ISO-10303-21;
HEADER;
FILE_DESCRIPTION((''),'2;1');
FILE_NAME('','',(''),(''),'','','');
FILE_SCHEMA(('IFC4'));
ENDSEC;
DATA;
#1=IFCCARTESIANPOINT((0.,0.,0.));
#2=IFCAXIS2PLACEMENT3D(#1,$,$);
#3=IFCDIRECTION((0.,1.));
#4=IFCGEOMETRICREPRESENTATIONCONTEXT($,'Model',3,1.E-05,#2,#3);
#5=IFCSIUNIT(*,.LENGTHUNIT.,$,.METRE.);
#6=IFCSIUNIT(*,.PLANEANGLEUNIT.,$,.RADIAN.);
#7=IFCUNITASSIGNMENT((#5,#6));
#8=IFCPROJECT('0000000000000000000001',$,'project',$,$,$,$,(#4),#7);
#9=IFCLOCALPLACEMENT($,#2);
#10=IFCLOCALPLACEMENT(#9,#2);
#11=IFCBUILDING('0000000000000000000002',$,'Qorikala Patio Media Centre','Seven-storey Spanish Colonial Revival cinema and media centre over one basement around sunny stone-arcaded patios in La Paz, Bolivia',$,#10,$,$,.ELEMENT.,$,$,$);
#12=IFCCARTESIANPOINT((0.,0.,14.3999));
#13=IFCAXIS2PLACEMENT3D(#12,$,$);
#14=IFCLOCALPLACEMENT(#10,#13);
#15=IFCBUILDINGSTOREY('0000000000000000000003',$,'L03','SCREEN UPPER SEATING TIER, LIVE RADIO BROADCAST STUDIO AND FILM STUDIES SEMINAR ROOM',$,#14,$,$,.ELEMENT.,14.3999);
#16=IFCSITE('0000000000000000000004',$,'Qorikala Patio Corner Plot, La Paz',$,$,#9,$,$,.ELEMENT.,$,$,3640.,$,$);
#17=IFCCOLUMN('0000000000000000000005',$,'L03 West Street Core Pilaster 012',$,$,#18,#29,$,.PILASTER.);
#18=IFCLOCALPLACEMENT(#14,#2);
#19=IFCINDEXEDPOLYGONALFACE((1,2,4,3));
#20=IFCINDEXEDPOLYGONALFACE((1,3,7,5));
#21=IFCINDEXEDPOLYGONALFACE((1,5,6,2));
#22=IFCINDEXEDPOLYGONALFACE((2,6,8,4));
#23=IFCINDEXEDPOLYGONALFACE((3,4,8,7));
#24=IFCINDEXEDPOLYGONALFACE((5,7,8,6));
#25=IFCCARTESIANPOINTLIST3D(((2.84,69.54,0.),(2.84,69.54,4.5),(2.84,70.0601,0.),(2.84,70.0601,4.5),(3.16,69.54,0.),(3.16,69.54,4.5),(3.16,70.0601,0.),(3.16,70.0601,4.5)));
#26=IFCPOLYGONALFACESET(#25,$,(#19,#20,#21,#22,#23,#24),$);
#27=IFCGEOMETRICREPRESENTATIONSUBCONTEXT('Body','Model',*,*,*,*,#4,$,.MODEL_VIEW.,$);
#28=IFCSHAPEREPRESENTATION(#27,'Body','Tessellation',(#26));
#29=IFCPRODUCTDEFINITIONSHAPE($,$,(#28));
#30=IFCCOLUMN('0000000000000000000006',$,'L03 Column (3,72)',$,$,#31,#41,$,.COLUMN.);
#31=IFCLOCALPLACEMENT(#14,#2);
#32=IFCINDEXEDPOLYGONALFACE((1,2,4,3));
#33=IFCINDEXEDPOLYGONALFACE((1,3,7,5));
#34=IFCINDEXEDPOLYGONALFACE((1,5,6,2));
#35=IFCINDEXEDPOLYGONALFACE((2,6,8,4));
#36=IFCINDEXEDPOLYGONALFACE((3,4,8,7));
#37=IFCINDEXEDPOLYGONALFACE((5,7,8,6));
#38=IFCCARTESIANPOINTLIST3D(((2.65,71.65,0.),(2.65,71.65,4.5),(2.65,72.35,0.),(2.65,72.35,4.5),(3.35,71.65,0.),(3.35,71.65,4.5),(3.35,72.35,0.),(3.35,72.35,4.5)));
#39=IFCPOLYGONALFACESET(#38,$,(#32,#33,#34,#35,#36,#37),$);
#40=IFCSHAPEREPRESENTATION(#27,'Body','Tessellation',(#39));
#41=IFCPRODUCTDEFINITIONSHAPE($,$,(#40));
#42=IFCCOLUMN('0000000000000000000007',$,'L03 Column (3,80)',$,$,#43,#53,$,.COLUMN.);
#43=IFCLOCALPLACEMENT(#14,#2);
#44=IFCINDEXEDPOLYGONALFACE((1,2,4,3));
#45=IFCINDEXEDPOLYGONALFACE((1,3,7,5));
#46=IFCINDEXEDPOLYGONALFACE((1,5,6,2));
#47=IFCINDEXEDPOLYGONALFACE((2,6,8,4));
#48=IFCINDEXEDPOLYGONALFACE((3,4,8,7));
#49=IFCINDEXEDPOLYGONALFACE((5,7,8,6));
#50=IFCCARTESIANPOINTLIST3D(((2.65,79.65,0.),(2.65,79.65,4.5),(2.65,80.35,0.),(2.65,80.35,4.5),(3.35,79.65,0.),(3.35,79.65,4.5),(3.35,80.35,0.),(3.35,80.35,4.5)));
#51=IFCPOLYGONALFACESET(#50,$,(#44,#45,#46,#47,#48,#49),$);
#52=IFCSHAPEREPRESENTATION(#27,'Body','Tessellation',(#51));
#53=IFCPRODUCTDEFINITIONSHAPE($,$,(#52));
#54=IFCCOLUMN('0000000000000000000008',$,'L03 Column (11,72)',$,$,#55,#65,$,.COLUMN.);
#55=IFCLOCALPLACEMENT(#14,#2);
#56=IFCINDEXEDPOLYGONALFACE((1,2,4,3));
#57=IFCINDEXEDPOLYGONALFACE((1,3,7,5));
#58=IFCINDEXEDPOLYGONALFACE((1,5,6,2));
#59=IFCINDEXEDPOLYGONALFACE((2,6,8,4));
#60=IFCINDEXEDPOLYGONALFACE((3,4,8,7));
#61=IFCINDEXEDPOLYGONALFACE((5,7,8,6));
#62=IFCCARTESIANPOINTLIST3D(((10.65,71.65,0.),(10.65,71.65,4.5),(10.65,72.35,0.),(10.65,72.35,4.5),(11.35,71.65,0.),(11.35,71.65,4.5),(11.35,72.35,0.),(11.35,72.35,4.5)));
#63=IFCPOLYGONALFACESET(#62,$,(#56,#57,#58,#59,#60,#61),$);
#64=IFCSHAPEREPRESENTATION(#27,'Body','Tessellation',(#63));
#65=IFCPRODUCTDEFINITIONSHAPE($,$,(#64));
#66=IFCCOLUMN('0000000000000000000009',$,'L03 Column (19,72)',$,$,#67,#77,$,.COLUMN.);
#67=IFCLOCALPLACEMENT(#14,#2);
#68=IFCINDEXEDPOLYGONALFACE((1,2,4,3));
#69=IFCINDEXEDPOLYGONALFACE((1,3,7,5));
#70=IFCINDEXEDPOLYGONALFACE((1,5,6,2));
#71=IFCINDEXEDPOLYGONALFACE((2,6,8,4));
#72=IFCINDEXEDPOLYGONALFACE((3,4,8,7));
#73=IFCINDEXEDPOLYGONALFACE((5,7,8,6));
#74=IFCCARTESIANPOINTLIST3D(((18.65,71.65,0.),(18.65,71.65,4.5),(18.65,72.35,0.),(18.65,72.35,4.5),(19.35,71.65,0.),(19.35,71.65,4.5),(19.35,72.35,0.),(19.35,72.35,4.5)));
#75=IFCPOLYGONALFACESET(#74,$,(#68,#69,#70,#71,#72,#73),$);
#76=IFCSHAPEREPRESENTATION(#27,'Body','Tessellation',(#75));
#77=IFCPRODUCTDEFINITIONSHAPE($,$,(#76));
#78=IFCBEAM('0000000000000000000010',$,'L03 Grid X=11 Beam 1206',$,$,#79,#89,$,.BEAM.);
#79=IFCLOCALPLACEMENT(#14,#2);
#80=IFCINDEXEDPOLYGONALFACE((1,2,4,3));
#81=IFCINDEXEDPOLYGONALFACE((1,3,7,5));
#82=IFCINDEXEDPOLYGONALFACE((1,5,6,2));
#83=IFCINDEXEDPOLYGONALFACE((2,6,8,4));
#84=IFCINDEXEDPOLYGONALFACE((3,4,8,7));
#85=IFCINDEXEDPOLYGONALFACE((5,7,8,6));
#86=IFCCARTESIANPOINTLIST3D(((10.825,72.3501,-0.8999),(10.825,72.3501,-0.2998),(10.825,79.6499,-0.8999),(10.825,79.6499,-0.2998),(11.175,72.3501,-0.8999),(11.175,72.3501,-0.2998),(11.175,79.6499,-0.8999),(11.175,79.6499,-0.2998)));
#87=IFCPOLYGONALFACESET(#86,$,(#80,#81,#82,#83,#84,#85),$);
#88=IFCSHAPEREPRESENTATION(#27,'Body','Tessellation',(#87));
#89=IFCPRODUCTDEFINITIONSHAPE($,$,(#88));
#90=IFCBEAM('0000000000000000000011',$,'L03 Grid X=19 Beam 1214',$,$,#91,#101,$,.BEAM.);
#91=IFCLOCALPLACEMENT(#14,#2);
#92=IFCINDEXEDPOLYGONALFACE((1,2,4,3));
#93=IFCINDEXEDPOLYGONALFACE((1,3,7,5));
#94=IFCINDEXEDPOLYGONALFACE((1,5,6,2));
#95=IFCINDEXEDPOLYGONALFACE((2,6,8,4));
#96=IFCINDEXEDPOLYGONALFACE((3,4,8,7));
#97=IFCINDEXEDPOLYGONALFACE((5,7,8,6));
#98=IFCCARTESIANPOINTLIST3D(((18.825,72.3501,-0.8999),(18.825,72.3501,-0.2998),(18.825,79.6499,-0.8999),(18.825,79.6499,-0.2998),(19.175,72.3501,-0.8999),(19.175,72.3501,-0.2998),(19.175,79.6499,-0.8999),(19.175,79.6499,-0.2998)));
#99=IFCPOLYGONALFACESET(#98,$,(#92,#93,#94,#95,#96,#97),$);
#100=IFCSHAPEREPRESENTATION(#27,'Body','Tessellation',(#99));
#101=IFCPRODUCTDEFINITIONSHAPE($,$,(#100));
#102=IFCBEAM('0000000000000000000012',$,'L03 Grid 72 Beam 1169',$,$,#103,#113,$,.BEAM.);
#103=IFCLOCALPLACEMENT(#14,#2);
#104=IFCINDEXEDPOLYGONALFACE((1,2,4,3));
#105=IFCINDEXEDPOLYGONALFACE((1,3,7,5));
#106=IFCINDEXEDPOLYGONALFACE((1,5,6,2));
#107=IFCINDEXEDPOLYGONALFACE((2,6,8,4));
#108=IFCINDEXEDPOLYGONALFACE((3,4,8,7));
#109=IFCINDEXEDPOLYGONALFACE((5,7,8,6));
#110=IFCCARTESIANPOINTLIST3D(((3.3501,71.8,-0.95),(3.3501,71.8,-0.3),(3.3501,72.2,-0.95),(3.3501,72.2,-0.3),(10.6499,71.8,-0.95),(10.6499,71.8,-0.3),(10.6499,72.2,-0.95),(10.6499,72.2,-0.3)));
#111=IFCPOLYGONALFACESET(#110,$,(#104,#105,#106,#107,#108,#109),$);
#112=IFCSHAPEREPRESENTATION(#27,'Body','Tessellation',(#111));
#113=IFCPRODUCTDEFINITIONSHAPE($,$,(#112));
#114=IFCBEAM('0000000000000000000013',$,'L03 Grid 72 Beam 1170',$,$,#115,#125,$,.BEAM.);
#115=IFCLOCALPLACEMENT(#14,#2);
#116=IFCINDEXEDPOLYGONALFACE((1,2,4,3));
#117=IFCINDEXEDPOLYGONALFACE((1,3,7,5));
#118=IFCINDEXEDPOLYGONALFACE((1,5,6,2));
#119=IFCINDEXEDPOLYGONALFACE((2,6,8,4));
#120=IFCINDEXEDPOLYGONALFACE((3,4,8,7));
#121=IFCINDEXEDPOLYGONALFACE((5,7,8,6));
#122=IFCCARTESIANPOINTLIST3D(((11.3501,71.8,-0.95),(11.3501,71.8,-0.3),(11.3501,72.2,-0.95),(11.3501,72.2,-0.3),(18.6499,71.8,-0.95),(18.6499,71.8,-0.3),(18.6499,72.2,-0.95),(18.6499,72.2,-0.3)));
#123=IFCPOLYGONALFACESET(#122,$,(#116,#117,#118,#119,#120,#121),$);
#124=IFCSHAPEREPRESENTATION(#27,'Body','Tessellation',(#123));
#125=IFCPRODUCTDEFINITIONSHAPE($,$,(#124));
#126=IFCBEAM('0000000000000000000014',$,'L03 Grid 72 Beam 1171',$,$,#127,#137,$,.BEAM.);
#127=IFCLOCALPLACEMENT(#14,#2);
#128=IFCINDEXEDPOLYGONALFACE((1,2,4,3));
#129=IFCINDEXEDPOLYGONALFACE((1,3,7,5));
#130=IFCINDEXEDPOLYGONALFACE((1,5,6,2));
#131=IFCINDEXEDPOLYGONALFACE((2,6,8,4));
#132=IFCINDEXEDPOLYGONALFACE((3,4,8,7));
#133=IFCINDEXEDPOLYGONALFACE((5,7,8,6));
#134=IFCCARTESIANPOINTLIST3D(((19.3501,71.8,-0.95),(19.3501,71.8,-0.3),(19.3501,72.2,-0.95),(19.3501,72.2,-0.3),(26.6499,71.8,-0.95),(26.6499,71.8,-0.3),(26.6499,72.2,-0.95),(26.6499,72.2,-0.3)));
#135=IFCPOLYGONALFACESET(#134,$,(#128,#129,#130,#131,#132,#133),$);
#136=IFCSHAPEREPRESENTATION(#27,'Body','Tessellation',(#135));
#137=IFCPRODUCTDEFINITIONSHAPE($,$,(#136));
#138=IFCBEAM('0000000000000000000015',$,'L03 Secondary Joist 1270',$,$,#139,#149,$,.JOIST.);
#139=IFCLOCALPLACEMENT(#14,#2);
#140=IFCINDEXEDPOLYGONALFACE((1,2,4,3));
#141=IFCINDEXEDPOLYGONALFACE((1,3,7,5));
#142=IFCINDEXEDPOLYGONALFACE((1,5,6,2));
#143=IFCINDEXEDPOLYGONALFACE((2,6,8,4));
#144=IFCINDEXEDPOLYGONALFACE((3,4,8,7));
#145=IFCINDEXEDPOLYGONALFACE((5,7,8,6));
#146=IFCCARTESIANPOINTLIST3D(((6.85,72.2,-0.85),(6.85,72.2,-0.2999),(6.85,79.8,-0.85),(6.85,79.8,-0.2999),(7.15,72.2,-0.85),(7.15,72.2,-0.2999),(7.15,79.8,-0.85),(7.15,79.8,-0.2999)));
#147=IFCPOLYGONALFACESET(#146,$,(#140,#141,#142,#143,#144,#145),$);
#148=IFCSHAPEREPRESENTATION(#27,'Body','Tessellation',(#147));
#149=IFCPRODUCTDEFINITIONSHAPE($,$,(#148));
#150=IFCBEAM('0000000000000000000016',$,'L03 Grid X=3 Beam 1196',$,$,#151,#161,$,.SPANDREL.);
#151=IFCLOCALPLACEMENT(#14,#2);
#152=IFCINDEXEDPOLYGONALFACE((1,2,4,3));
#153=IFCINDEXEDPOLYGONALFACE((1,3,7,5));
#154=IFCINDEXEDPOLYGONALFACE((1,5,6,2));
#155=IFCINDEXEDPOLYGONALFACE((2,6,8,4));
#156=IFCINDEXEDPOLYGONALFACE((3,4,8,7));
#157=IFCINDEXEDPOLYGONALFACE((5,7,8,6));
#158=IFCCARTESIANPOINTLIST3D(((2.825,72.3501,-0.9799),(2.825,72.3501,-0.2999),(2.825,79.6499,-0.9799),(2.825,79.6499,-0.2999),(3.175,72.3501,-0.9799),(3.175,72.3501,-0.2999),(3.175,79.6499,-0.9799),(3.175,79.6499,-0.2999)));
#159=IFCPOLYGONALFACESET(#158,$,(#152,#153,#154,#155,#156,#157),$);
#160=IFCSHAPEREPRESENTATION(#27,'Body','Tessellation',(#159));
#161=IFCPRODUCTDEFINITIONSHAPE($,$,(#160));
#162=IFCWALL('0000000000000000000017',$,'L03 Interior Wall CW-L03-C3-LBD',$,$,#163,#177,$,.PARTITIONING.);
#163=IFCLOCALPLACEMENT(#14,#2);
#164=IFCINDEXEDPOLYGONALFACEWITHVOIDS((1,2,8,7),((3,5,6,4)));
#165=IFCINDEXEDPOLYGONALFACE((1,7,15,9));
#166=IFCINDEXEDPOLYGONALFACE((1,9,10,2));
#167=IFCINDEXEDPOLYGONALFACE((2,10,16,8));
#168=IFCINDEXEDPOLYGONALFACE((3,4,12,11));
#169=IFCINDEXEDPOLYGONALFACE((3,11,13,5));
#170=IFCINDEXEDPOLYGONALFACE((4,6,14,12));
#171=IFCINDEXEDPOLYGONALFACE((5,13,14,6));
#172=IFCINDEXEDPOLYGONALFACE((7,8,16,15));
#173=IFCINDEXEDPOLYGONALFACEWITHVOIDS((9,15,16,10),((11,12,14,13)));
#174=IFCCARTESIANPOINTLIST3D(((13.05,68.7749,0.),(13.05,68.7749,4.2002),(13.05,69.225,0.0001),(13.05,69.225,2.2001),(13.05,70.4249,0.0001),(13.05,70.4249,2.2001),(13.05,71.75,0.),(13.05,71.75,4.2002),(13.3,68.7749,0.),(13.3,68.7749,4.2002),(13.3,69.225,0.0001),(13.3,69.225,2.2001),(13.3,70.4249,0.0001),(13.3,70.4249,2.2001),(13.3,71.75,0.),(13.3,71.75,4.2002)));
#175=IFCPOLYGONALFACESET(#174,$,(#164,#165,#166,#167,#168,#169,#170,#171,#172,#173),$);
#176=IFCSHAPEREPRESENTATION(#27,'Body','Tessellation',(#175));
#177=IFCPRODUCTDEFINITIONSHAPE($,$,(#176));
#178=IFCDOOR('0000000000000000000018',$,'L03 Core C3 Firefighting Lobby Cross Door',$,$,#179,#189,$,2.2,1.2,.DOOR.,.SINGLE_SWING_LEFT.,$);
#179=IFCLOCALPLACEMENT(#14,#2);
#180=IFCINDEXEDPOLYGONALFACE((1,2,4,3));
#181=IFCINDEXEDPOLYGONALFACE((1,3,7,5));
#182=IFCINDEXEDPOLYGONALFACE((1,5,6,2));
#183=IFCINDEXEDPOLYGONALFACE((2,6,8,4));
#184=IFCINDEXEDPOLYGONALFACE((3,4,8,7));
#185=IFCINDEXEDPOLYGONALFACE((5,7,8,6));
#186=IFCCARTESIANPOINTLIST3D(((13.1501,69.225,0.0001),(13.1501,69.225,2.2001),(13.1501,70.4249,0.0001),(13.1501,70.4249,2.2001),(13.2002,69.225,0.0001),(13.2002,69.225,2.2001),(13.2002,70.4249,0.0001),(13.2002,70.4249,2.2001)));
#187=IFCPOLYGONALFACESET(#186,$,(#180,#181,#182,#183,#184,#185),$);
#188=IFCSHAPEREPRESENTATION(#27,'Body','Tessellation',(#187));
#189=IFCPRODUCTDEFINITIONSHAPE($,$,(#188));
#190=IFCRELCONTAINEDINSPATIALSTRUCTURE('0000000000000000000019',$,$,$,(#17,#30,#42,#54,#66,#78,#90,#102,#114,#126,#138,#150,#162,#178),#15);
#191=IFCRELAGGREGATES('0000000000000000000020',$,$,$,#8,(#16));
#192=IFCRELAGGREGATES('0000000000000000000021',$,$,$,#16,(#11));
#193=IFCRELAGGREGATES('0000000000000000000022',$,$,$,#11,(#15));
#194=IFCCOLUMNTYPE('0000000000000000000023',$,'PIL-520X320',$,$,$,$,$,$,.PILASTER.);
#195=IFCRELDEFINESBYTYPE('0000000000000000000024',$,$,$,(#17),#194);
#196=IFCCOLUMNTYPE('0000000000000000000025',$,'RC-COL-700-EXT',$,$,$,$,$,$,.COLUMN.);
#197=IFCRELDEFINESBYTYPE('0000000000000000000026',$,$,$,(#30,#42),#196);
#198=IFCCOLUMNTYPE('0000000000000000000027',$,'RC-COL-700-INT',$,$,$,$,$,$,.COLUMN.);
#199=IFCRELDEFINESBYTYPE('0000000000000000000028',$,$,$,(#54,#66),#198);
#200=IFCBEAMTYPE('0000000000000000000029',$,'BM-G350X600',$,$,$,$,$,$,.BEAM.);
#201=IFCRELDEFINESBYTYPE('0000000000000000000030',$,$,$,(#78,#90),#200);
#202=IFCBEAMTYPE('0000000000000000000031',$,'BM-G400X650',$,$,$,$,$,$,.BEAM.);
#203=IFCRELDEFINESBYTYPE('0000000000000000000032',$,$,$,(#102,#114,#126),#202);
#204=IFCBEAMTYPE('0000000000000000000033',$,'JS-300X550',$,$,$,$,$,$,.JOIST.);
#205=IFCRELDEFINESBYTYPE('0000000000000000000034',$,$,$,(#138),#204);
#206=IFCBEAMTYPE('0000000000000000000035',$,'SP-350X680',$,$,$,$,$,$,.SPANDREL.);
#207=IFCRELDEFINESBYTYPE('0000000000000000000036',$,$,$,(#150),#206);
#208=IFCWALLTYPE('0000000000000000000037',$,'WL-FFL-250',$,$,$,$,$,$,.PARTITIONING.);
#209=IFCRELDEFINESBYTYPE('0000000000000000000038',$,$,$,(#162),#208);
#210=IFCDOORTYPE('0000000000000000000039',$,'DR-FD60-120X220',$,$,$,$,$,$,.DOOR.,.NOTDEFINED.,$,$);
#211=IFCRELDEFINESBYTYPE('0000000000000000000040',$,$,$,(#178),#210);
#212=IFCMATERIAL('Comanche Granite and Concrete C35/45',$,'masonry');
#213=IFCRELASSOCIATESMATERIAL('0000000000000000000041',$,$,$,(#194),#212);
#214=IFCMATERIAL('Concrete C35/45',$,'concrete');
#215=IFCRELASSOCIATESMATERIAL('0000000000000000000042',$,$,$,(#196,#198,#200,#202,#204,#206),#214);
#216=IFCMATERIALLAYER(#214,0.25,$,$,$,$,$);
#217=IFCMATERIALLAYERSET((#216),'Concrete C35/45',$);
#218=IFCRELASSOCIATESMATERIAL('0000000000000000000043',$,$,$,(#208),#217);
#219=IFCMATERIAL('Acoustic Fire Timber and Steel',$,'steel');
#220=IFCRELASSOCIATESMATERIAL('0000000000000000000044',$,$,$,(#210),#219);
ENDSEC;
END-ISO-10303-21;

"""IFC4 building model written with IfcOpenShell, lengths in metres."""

from ifc_helpers import new_model, si_unit, direction, frame, frame_2d, origin, origin_2d, place, context, subcontext, project, spatial, rectangle, extrude, material, layer, layer_set, material_profile, profile_set, type_object, element, fill, save


model = new_model("IFC4")

# Units and contexts
model_context = context("Model", 3, precision=1e-05, world=origin(), true_north=direction((0.0, 1.0)))
body_context = subcontext(model_context, "Body", "Model", "MODEL_VIEW")
ifc_project = project(units=[si_unit("LENGTHUNIT", "METRE"), si_unit("PLANEANGLEUNIT", "RADIAN")], contexts=[model_context])

# Site, building, storey
site_placement = place(None, origin())
site = spatial("IfcSite", under=ifc_project, at=site_placement, Name="Qorikala Patio Corner Plot, La Paz", CompositionType="ELEMENT", RefElevation=3640.0)
building_placement = place(site_placement, origin())
building = spatial("IfcBuilding", under=site, at=building_placement, Name="Qorikala Patio Media Centre", Description="Seven-storey Spanish Colonial Revival cinema and media centre over one basement around sunny stone-arcaded patios in La Paz, Bolivia", CompositionType="ELEMENT")
storey_placement = place(building_placement, frame((0.0, 0.0, 14.3999)))
storey = spatial("IfcBuildingStorey", under=building, at=storey_placement, Name="L03", Description="SCREEN UPPER SEATING TIER, LIVE RADIO BROADCAST STUDIO AND FILM STUDIES SEMINAR ROOM", CompositionType="ELEMENT", Elevation=14.3999)

# Columns
ifc_material_1 = material(Name="Comanche Granite and Concrete C35/45", Category="masonry")
ifc_material_profile_1 = material_profile(ifc_material_1, rectangle(XDim=0.52, YDim=0.3201, at=origin_2d()), Name="PIL 520x320")
ifc_profile_set_1 = profile_set([ifc_material_profile_1], Name="Comanche Granite and Concrete C35/45")
column_type_1 = type_object("IfcColumnType", Name="PIL-520X320", PredefinedType="PILASTER", material=ifc_profile_set_1)
column_placement = place(storey_placement, frame((3.0, 69.8, 0.0), z_axis=(0.0, 0.0, 1.0), x_axis=(0.0, 1.0, 0.0)))
element("IfcColumn", 1, at=column_placement, inside=storey, type_object=column_type_1, Name="L03 West Street Core Pilaster 012", PredefinedType="PILASTER", context=body_context, shape_type="SweptSolid", body=[
    extrude(rectangle(XDim=0.52, YDim=0.3201, at=origin_2d()), origin(), (0.0, 0.0, 1.0), 4.5),
])
ifc_material_2 = material(Name="Concrete C35/45", Category="concrete")
ifc_material_profile_2 = material_profile(ifc_material_2, rectangle(XDim=0.7, YDim=0.7, at=origin_2d()), Name="RC 700x700")
ifc_profile_set_2 = profile_set([ifc_material_profile_2], Name="Concrete C35/45")
column_type_2 = type_object("IfcColumnType", Name="RC-COL-700-EXT", PredefinedType="COLUMN", material=ifc_profile_set_2)
for number, where, z_axis, x_axis, name in (
    (2, (3.0, 72.0, 0.0), (0.0, 0.0, 1.0), (1.0, 0.0, 0.0), "L03 Column (3,72)"),
    (3, (3.0, 80.0, 0.0), (0.0, 0.0, 1.0), (1.0, 0.0, 0.0), "L03 Column (3,80)"),
):
    element("IfcColumn", number, at=place(storey_placement, frame(where, z_axis=z_axis, x_axis=x_axis)), inside=storey, type_object=column_type_2, Name=name, PredefinedType="COLUMN", context=body_context, shape_type="SweptSolid", body=[
        extrude(rectangle(XDim=0.7, YDim=0.7, at=origin_2d()), origin(), (0.0, 0.0, 1.0), 4.5),
    ])
ifc_material_profile_3 = material_profile(ifc_material_2, rectangle(XDim=0.7, YDim=0.7, at=origin_2d()), Name="RC 700x700")
ifc_profile_set_3 = profile_set([ifc_material_profile_3], Name="Concrete C35/45")
column_type_3 = type_object("IfcColumnType", Name="RC-COL-700-INT", PredefinedType="COLUMN", material=ifc_profile_set_3)
for number, where, z_axis, x_axis, name in (
    (4, (11.0, 72.0, 0.0), (0.0, 0.0, 1.0), (1.0, 0.0, 0.0), "L03 Column (11,72)"),
    (5, (19.0, 72.0, 0.0), (0.0, 0.0, 1.0), (1.0, 0.0, 0.0), "L03 Column (19,72)"),
):
    element("IfcColumn", number, at=place(storey_placement, frame(where, z_axis=z_axis, x_axis=x_axis)), inside=storey, type_object=column_type_3, Name=name, PredefinedType="COLUMN", context=body_context, shape_type="SweptSolid", body=[
        extrude(rectangle(XDim=0.7, YDim=0.7, at=origin_2d()), origin(), (0.0, 0.0, 1.0), 4.5),
    ])

# Beams
ifc_material_profile_4 = material_profile(ifc_material_2, rectangle(XDim=0.3501, YDim=0.6001, at=origin_2d()), Name="RC 350x600")
ifc_profile_set_4 = profile_set([ifc_material_profile_4], Name="Concrete C35/45")
beam_type_1 = type_object("IfcBeamType", Name="BM-G350X600", PredefinedType="BEAM", material=ifc_profile_set_4)
for number, where, z_axis, x_axis, name in (
    (6, (11.0, 72.3501, -0.5999), (0.0, 1.0, 0.0), (-1.0, 0.0, 0.0), "L03 Grid X=11 Beam 1206"),
    (7, (19.0, 72.3501, -0.5999), (0.0, 1.0, 0.0), (-1.0, 0.0, 0.0), "L03 Grid X=19 Beam 1214"),
):
    element("IfcBeam", number, at=place(storey_placement, frame(where, z_axis=z_axis, x_axis=x_axis)), inside=storey, type_object=beam_type_1, Name=name, PredefinedType="BEAM", context=body_context, shape_type="SweptSolid", body=[
        extrude(rectangle(XDim=0.3501, YDim=0.6001, at=origin_2d()), origin(), (0.0, 0.0, 1.0), 7.2998),
    ])
ifc_material_profile_5 = material_profile(ifc_material_2, rectangle(XDim=0.3999, YDim=0.6499, at=origin_2d()), Name="RC 400x650")
ifc_profile_set_5 = profile_set([ifc_material_profile_5], Name="Concrete C35/45")
beam_type_2 = type_object("IfcBeamType", Name="BM-G400X650", PredefinedType="BEAM", material=ifc_profile_set_5)
for number, where, z_axis, x_axis, name in (
    (8, (3.3501, 72.0, -0.625), (1.0, 0.0, 0.0), (0.0, 1.0, 0.0), "L03 Grid 72 Beam 1169"),
    (9, (11.3501, 72.0, -0.625), (1.0, 0.0, 0.0), (0.0, 1.0, 0.0), "L03 Grid 72 Beam 1170"),
    (10, (19.3501, 72.0, -0.625), (1.0, 0.0, 0.0), (0.0, 1.0, 0.0), "L03 Grid 72 Beam 1171"),
):
    element("IfcBeam", number, at=place(storey_placement, frame(where, z_axis=z_axis, x_axis=x_axis)), inside=storey, type_object=beam_type_2, Name=name, PredefinedType="BEAM", context=body_context, shape_type="SweptSolid", body=[
        extrude(rectangle(XDim=0.3999, YDim=0.6499, at=origin_2d()), origin(), (0.0, 0.0, 1.0), 7.2998),
    ])
ifc_material_profile_6 = material_profile(ifc_material_2, rectangle(XDim=0.3, YDim=0.55, at=origin_2d()), Name="RC 300x550")
ifc_profile_set_6 = profile_set([ifc_material_profile_6], Name="Concrete C35/45")
beam_type_3 = type_object("IfcBeamType", Name="JS-300X550", PredefinedType="JOIST", material=ifc_profile_set_6)
beam_1_placement = place(storey_placement, frame((7.0, 72.2, -0.575), z_axis=(0.0, 1.0, 0.0), x_axis=(-1.0, 0.0, 0.0)))
element("IfcBeam", 11, at=beam_1_placement, inside=storey, type_object=beam_type_3, Name="L03 Secondary Joist 1270", PredefinedType="JOIST", context=body_context, shape_type="SweptSolid", body=[
    extrude(rectangle(XDim=0.3, YDim=0.55, at=origin_2d()), origin(), (0.0, 0.0, 1.0), 7.6001),
])
ifc_material_profile_7 = material_profile(ifc_material_2, rectangle(XDim=0.3501, YDim=0.6799, at=origin_2d()), Name="RC 350x680")
ifc_profile_set_7 = profile_set([ifc_material_profile_7], Name="Concrete C35/45")
beam_type_4 = type_object("IfcBeamType", Name="SP-350X680", PredefinedType="SPANDREL", material=ifc_profile_set_7)
beam_2_placement = place(storey_placement, frame((3.0, 72.3501, -0.6399), z_axis=(0.0, 1.0, 0.0), x_axis=(-1.0, 0.0, 0.0)))
element("IfcBeam", 12, at=beam_2_placement, inside=storey, type_object=beam_type_4, Name="L03 Grid X=3 Beam 1196", PredefinedType="SPANDREL", context=body_context, shape_type="SweptSolid", body=[
    extrude(rectangle(XDim=0.3501, YDim=0.6799, at=origin_2d()), origin(), (0.0, 0.0, 1.0), 7.2998),
])

# Wall, opening, door
ifc_layer_1 = layer(ifc_material_2, 0.25)
ifc_layer_set_1 = layer_set([ifc_layer_1], Name="Concrete C35/45")
wall_type_1 = type_object("IfcWallType", Name="WL-FFL-250", PredefinedType="PARTITIONING", material=ifc_layer_set_1)
wall_1_placement = place(storey_placement, frame((13.175, 68.7749, 0.0), z_axis=(0.0, 0.0, 1.0), x_axis=(0.0, 1.0, 0.0)))
wall_1 = element("IfcWall", 13, at=wall_1_placement, inside=storey, type_object=wall_type_1, Name="L03 Interior Wall CW-L03-C3-LBD", PredefinedType="PARTITIONING", context=body_context, shape_type="SweptSolid", body=[
    extrude(rectangle(XDim=2.9751, YDim=0.25, at=frame_2d((1.4875, 0.0))), origin(), (0.0, 0.0, 1.0), 4.2002),
])
opening_1_placement = place(wall_1_placement, frame((0.45, 0.0, 0.0)))
opening_1 = element("IfcOpeningElement", 14, at=opening_1_placement, cuts=wall_1, PredefinedType="OPENING", context=body_context, shape_type="SweptSolid", body=[
    extrude(rectangle(XDim=1.2, YDim=2.2, at=frame_2d((0.6001, 1.1001))), frame((0.0, 0.135, 0.0), z_axis=(0.0, -1.0, 0.0), x_axis=(1.0, 0.0, 0.0)), (0.0, 0.0, 1.0), 0.27),
])
ifc_material_3 = material(Name="Acoustic Fire Timber and Steel", Category="steel")
door_type_1 = type_object("IfcDoorType", Name="DR-FD60-120X220", OperationType="NOTDEFINED", PredefinedType="DOOR", material=ifc_material_3)
door_1_placement = place(opening_1_placement, origin())
door_1 = element("IfcDoor", 15, at=door_1_placement, inside=storey, type_object=door_type_1, Name="L03 Core C3 Firefighting Lobby Cross Door", OperationType="SINGLE_SWING_LEFT", OverallHeight=2.2, OverallWidth=1.2, PredefinedType="DOOR", context=body_context, shape_type="SweptSolid", body=[
    extrude(rectangle(XDim=1.2, YDim=2.2, at=frame_2d((0.6001, 1.1001))), frame((0.0, 0.0249, 0.0), z_axis=(0.0, -1.0, 0.0), x_axis=(1.0, 0.0, 0.0)), (0.0, 0.0, 1.0), 0.05),
])
fill(opening_1, door_1)

save(model, "model.ifc")
